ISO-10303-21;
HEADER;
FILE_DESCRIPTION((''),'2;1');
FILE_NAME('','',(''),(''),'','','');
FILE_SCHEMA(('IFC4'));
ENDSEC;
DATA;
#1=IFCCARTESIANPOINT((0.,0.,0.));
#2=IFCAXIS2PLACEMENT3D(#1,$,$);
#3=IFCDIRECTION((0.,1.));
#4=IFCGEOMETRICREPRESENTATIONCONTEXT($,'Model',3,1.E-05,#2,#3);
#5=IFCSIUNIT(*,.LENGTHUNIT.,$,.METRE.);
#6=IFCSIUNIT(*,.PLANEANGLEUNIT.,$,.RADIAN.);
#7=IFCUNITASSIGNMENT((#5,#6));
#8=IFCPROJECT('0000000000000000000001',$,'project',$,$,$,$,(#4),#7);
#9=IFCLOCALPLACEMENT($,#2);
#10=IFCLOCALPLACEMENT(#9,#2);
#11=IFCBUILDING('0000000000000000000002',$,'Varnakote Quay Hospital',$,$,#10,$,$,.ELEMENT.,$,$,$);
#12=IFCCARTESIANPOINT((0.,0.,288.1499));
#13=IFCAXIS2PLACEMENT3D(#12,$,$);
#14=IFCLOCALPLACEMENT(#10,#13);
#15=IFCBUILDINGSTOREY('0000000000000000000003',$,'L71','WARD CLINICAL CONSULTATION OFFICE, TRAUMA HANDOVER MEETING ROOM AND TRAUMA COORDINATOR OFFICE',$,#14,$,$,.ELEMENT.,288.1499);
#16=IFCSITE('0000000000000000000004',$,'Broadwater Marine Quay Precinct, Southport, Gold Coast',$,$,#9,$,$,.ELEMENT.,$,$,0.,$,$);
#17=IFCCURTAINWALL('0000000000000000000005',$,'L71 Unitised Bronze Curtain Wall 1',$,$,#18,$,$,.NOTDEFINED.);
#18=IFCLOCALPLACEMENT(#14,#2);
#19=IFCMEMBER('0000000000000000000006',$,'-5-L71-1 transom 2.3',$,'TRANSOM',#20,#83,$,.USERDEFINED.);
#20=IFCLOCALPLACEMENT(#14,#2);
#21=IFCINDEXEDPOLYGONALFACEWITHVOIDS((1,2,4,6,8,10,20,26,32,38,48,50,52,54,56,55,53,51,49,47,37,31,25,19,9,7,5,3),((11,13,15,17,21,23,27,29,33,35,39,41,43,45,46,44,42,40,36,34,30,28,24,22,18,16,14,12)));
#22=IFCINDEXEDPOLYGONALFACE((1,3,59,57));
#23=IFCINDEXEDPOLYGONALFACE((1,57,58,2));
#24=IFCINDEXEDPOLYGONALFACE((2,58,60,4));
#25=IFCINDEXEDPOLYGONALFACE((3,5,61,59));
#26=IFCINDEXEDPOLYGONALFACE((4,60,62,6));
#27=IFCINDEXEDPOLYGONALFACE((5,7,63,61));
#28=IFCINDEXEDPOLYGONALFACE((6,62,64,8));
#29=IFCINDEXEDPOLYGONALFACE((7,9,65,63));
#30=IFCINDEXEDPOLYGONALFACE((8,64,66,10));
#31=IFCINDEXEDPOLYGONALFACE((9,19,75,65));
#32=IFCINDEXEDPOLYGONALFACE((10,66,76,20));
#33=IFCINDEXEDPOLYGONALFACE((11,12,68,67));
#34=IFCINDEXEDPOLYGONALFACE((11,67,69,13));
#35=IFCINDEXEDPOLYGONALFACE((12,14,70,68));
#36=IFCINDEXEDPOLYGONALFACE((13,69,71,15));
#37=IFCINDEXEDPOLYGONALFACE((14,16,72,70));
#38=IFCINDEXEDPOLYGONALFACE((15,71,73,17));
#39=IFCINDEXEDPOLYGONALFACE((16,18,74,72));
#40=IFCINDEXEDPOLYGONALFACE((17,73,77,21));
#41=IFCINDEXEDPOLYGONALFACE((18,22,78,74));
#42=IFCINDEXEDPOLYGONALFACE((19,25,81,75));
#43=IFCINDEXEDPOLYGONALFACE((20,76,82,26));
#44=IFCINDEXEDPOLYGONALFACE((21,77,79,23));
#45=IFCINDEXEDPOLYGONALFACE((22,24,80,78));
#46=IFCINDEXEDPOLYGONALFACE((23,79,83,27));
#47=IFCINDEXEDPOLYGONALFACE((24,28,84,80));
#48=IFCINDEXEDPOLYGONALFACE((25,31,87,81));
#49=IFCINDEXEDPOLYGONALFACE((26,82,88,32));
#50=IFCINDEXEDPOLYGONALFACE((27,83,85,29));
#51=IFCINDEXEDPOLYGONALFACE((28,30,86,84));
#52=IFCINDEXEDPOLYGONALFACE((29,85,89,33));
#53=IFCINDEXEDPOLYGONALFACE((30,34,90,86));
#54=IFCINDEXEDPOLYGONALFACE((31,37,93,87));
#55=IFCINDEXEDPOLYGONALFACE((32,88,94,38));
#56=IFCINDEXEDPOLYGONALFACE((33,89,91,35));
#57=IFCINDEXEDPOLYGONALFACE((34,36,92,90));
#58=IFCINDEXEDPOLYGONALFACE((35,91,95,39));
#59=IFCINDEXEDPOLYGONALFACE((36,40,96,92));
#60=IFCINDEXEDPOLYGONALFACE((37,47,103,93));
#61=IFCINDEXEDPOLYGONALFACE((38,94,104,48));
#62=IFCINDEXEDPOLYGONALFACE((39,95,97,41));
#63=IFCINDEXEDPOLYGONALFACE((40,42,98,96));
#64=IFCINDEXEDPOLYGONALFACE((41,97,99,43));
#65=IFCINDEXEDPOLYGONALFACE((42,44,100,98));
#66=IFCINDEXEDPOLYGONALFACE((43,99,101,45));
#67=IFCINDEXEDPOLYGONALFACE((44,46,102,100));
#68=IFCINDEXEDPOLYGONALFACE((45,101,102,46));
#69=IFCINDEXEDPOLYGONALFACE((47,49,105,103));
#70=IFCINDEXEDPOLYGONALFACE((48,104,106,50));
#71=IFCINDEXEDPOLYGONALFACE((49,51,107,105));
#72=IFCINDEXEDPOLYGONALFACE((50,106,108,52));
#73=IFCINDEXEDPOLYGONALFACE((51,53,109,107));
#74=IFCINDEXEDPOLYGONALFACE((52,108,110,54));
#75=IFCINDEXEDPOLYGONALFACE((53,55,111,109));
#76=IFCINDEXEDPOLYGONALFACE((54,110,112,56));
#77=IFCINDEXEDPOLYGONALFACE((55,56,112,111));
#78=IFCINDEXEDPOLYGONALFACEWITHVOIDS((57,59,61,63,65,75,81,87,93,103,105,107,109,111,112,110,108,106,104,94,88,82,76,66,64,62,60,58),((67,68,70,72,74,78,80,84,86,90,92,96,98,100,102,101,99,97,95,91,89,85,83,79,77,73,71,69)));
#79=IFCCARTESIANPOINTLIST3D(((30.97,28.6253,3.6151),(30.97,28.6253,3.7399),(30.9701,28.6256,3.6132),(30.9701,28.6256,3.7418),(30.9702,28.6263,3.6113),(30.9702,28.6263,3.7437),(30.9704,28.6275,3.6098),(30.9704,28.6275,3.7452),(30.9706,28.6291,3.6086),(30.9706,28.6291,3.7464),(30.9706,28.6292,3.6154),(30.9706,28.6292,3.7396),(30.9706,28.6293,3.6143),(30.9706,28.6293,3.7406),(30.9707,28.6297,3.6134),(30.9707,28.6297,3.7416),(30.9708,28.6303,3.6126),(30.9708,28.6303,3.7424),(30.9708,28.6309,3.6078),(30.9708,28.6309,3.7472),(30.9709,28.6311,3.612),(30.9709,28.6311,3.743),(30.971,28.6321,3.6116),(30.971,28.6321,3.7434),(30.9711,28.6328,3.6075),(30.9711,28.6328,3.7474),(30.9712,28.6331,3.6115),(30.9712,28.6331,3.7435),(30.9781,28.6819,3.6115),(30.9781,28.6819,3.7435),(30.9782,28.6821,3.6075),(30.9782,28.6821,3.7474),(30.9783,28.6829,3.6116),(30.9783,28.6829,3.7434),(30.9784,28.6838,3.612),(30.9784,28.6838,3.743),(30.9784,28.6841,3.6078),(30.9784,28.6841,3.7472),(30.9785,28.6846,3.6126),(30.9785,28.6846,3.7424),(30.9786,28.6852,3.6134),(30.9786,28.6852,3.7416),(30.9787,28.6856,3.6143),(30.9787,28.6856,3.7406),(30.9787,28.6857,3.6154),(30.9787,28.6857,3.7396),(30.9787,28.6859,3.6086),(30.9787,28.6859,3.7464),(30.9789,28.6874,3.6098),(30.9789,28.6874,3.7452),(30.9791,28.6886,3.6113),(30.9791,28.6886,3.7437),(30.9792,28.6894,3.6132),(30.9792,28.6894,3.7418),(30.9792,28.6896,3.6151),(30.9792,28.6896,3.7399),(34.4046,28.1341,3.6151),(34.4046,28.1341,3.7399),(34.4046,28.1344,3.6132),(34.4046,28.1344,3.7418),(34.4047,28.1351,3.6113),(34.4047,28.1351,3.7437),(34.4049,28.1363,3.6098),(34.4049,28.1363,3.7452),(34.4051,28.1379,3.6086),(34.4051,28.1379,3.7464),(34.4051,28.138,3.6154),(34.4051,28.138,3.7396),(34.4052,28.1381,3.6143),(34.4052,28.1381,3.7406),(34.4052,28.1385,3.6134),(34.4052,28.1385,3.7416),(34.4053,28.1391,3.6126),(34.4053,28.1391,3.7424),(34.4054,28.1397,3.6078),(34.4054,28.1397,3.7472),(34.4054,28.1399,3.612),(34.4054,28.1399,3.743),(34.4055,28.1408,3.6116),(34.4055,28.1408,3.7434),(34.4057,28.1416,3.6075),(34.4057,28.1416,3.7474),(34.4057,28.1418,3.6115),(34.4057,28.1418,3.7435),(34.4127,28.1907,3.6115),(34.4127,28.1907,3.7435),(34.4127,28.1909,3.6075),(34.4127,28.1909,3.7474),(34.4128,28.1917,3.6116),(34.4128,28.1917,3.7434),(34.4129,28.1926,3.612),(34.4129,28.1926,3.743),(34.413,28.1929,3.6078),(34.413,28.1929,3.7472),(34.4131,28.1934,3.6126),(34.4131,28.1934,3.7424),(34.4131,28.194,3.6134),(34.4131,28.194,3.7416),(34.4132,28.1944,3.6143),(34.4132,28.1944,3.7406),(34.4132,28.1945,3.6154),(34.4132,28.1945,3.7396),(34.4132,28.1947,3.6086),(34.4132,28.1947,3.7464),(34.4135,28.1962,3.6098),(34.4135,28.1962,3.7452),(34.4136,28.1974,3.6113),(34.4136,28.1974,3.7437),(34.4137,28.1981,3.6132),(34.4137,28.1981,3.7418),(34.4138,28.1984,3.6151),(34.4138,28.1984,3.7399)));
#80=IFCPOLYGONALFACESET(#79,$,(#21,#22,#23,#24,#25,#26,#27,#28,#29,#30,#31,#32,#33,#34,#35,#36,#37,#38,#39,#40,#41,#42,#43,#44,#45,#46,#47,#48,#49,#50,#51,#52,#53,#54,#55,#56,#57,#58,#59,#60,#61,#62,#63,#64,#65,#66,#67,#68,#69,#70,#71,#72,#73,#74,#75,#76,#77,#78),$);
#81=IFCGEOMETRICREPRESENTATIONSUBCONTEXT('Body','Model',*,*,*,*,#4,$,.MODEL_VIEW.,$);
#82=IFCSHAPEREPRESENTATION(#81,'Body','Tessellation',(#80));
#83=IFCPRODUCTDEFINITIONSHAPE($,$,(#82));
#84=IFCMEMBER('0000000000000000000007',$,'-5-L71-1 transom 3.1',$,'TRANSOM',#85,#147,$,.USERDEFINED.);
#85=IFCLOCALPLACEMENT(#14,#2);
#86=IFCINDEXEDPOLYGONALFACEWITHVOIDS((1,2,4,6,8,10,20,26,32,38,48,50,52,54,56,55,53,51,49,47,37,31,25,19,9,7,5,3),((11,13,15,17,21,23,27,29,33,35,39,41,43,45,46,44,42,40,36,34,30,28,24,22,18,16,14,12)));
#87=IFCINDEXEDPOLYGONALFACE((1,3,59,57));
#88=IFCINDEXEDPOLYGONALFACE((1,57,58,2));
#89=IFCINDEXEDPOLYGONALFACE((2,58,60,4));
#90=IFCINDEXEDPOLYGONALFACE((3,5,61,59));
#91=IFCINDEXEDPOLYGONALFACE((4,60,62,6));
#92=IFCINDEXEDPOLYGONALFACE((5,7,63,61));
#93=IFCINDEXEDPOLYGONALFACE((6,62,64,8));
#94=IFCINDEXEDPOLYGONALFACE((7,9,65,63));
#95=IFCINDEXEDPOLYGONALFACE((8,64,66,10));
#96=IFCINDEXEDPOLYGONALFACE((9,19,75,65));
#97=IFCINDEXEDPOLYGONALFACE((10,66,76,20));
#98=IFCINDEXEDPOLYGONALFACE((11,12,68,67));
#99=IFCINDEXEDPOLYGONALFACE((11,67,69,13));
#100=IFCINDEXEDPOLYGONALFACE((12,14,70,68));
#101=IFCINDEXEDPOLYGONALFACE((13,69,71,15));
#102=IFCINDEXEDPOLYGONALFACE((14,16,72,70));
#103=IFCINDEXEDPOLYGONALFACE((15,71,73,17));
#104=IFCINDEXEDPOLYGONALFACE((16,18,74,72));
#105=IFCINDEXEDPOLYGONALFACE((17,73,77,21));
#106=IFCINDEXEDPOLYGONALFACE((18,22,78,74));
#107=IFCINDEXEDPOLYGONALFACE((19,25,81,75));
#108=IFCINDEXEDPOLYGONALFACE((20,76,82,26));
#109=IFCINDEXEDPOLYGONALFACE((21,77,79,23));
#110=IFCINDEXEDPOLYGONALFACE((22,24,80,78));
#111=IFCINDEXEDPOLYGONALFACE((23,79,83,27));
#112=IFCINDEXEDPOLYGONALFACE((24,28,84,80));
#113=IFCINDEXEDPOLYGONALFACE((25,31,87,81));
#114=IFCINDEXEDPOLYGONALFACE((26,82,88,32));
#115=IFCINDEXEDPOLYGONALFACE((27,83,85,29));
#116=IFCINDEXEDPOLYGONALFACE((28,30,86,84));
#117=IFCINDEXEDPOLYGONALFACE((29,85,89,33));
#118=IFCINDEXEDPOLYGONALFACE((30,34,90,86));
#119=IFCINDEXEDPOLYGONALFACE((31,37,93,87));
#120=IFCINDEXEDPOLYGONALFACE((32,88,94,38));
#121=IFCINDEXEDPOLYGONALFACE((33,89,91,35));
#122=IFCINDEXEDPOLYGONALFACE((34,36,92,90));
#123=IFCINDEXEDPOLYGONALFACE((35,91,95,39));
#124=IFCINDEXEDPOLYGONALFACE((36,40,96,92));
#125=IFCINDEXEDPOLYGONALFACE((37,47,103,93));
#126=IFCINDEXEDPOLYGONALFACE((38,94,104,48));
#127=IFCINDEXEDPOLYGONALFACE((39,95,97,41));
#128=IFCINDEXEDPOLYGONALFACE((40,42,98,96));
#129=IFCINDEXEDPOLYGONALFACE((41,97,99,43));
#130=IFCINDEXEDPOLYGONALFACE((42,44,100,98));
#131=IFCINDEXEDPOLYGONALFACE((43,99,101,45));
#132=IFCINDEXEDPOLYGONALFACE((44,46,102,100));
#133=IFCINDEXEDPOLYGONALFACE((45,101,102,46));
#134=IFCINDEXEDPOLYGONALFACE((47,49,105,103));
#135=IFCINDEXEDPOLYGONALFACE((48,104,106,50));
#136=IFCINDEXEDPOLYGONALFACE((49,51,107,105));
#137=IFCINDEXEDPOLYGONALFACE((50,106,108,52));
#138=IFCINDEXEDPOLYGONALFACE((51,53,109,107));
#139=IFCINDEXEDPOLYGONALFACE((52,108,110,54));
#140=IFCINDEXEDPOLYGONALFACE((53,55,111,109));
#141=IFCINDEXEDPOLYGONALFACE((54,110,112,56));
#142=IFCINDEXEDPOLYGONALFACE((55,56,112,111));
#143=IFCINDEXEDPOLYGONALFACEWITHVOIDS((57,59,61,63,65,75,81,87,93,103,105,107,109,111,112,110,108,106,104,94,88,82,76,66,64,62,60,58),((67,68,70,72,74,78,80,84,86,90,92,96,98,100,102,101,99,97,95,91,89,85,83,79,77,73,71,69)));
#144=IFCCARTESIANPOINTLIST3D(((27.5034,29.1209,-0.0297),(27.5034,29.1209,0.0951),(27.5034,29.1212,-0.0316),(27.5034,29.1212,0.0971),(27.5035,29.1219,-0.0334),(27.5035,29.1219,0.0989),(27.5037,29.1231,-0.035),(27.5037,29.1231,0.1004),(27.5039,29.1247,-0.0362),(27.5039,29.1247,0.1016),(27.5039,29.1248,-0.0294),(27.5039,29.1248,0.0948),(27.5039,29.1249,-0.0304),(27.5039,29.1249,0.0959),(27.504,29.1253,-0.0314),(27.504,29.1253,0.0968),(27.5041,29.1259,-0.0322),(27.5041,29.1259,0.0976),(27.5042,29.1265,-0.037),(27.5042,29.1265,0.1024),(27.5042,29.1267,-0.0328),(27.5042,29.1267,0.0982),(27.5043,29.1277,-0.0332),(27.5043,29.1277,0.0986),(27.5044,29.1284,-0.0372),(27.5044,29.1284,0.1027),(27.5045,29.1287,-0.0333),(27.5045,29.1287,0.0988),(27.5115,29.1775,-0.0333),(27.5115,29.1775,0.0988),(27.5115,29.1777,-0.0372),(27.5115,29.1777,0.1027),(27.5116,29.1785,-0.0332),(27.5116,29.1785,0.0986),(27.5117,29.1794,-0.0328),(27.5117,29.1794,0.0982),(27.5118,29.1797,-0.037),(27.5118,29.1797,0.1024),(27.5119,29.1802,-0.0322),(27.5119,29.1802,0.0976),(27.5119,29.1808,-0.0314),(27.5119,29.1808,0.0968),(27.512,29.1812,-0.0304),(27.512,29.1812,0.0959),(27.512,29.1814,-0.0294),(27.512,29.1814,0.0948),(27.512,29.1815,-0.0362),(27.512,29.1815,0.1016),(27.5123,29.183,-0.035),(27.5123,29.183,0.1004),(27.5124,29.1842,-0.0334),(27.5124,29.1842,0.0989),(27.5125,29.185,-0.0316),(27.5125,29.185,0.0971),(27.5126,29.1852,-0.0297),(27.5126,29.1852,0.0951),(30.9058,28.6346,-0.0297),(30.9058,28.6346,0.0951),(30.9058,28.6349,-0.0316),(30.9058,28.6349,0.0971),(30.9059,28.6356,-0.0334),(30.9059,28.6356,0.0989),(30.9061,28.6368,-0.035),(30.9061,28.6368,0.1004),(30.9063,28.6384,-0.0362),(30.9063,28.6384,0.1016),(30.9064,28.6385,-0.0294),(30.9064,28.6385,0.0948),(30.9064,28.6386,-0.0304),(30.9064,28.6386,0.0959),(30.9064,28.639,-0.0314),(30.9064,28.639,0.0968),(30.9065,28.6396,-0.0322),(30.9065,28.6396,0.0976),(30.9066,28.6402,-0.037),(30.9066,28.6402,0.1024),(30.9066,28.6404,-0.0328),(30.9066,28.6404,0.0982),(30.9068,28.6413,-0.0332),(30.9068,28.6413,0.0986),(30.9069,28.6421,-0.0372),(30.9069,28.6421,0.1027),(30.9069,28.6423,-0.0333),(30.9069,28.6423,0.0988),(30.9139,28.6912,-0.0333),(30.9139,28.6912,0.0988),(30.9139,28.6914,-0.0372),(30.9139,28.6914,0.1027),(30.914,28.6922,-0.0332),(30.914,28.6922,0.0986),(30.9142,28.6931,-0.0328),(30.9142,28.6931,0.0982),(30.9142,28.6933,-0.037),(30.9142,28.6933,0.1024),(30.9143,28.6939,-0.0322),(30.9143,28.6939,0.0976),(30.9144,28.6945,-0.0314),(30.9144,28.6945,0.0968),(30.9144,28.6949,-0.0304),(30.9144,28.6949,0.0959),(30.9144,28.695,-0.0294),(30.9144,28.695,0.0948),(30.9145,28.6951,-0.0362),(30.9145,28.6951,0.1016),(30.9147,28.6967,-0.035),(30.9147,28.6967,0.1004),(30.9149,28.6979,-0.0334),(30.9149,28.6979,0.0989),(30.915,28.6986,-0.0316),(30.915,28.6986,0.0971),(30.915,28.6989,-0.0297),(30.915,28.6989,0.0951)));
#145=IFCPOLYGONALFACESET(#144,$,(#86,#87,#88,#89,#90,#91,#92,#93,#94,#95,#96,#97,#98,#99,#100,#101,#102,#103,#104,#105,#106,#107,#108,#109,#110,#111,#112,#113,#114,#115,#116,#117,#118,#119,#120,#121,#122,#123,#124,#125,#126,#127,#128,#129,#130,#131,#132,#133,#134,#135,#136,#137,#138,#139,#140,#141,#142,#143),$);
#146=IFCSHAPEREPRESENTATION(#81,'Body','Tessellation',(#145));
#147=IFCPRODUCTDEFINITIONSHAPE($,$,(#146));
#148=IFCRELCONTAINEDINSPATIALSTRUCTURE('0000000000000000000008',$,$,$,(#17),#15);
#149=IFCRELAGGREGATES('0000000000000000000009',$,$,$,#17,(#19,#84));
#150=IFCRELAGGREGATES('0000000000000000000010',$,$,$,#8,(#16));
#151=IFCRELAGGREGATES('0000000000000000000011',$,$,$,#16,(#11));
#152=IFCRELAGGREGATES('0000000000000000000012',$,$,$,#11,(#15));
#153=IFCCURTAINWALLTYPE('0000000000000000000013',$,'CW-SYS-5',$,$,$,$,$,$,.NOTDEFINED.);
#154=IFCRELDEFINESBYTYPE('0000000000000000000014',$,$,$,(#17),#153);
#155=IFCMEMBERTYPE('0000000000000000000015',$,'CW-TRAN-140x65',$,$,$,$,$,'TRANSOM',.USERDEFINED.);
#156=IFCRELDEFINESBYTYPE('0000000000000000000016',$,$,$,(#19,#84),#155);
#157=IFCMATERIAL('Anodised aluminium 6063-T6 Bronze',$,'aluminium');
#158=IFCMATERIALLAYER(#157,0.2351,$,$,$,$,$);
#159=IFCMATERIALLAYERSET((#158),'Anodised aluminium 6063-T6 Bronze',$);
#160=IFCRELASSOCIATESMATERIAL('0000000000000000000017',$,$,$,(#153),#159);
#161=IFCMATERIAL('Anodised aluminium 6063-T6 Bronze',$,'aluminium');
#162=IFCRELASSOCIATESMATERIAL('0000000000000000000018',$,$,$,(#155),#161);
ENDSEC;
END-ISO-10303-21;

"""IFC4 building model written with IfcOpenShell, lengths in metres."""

from ifc_helpers import new_model, si_unit, direction, frame, origin, origin_2d, place, context, subcontext, project, spatial, hollow_rectangle, extrude, material, layer, layer_set, material_profile, profile_set, type_object, element, aggregate, save


model = new_model("IFC4")

# Units and contexts
model_context = context("Model", 3, precision=1e-05, world=origin(), true_north=direction((0.0, 1.0)))
body_context = subcontext(model_context, "Body", "Model", "MODEL_VIEW")
ifc_project = project(units=[si_unit("LENGTHUNIT", "METRE"), si_unit("PLANEANGLEUNIT", "RADIAN")], contexts=[model_context])

# Site, building, storey
site_placement = place(None, origin())
site = spatial("IfcSite", under=ifc_project, at=site_placement, Name="Broadwater Marine Quay Precinct, Southport, Gold Coast", CompositionType="ELEMENT", RefElevation=0.0)
building_placement = place(site_placement, origin())
building = spatial("IfcBuilding", under=site, at=building_placement, Name="Varnakote Quay Hospital", CompositionType="ELEMENT")
storey_placement = place(building_placement, frame((0.0, 0.0, 288.1499)))
storey = spatial("IfcBuildingStorey", under=building, at=storey_placement, Name="L71", Description="WARD CLINICAL CONSULTATION OFFICE, TRAUMA HANDOVER MEETING ROOM AND TRAUMA COORDINATOR OFFICE", CompositionType="ELEMENT", Elevation=288.1499)

# Curtain wall, members
ifc_material_1 = material(Name="Anodised aluminium 6063-T6 Bronze", Category="aluminium")
ifc_layer_1 = layer(ifc_material_1, 0.2351)
ifc_layer_set_1 = layer_set([ifc_layer_1], Name="Anodised aluminium 6063-T6 Bronze")
curtain_wall_type = type_object("IfcCurtainWallType", Name="CW-SYS-5", PredefinedType="NOTDEFINED", material=ifc_layer_set_1)
curtain_wall_placement = place(storey_placement, origin())
curtain_wall = element("IfcCurtainWall", 1, at=curtain_wall_placement, inside=storey, type_object=curtain_wall_type, Name="L71 Unitised Bronze Curtain Wall 1", PredefinedType="NOTDEFINED")
ifc_material_2 = material(Name="Anodised aluminium 6063-T6 Bronze", Category="aluminium")
ifc_material_profile_1 = material_profile(ifc_material_2, hollow_rectangle(XDim=0.0649, YDim=0.1399, WallThickness=0.0039, InnerFilletRadius=0.0039, OuterFilletRadius=0.0076, at=origin_2d()), Name="CW-TRAN-140x65")
ifc_profile_set_1 = profile_set([ifc_material_profile_1], Name="Anodised aluminium 6063-T6 Bronze")
member_type_1 = type_object("IfcMemberType", Name="CW-TRAN-140x65", ElementType="TRANSOM", PredefinedType="USERDEFINED", material=ifc_profile_set_1)
member_1_placement = place(storey_placement, frame((34.4092, 28.1663, 3.6775), z_axis=(-0.989927, 0.141579, 0.0), x_axis=(-0.141579, -0.989927, 0.0)))
member_1 = element("IfcMember", 2, at=member_1_placement, type_object=member_type_1, Name="-5-L71-1 transom 2.3", ObjectType="TRANSOM", PredefinedType="USERDEFINED", context=body_context, shape_type="SweptSolid", body=[
    extrude(hollow_rectangle(XDim=0.0649, YDim=0.1399, WallThickness=0.0039, InnerFilletRadius=0.0039, OuterFilletRadius=0.0076, at=origin_2d()), origin(), (0.0, 0.0, 1.0), 3.4695),
])
member_2_placement = place(storey_placement, frame((30.9104, 28.6667, 0.0327), z_axis=(-0.989938, 0.141501, 0.0), x_axis=(-0.141501, -0.989938, 0.0)))
member_2 = element("IfcMember", 3, at=member_2_placement, type_object=member_type_1, Name="-5-L71-1 transom 3.1", ObjectType="TRANSOM", PredefinedType="USERDEFINED", context=body_context, shape_type="SweptSolid", body=[
    extrude(hollow_rectangle(XDim=0.0649, YDim=0.1399, WallThickness=0.0039, InnerFilletRadius=0.0039, OuterFilletRadius=0.0076, at=origin_2d()), origin(), (0.0, 0.0, 1.0), 3.437),
])
aggregate(curtain_wall, [member_1, member_2])

save(model, "model.ifc")
